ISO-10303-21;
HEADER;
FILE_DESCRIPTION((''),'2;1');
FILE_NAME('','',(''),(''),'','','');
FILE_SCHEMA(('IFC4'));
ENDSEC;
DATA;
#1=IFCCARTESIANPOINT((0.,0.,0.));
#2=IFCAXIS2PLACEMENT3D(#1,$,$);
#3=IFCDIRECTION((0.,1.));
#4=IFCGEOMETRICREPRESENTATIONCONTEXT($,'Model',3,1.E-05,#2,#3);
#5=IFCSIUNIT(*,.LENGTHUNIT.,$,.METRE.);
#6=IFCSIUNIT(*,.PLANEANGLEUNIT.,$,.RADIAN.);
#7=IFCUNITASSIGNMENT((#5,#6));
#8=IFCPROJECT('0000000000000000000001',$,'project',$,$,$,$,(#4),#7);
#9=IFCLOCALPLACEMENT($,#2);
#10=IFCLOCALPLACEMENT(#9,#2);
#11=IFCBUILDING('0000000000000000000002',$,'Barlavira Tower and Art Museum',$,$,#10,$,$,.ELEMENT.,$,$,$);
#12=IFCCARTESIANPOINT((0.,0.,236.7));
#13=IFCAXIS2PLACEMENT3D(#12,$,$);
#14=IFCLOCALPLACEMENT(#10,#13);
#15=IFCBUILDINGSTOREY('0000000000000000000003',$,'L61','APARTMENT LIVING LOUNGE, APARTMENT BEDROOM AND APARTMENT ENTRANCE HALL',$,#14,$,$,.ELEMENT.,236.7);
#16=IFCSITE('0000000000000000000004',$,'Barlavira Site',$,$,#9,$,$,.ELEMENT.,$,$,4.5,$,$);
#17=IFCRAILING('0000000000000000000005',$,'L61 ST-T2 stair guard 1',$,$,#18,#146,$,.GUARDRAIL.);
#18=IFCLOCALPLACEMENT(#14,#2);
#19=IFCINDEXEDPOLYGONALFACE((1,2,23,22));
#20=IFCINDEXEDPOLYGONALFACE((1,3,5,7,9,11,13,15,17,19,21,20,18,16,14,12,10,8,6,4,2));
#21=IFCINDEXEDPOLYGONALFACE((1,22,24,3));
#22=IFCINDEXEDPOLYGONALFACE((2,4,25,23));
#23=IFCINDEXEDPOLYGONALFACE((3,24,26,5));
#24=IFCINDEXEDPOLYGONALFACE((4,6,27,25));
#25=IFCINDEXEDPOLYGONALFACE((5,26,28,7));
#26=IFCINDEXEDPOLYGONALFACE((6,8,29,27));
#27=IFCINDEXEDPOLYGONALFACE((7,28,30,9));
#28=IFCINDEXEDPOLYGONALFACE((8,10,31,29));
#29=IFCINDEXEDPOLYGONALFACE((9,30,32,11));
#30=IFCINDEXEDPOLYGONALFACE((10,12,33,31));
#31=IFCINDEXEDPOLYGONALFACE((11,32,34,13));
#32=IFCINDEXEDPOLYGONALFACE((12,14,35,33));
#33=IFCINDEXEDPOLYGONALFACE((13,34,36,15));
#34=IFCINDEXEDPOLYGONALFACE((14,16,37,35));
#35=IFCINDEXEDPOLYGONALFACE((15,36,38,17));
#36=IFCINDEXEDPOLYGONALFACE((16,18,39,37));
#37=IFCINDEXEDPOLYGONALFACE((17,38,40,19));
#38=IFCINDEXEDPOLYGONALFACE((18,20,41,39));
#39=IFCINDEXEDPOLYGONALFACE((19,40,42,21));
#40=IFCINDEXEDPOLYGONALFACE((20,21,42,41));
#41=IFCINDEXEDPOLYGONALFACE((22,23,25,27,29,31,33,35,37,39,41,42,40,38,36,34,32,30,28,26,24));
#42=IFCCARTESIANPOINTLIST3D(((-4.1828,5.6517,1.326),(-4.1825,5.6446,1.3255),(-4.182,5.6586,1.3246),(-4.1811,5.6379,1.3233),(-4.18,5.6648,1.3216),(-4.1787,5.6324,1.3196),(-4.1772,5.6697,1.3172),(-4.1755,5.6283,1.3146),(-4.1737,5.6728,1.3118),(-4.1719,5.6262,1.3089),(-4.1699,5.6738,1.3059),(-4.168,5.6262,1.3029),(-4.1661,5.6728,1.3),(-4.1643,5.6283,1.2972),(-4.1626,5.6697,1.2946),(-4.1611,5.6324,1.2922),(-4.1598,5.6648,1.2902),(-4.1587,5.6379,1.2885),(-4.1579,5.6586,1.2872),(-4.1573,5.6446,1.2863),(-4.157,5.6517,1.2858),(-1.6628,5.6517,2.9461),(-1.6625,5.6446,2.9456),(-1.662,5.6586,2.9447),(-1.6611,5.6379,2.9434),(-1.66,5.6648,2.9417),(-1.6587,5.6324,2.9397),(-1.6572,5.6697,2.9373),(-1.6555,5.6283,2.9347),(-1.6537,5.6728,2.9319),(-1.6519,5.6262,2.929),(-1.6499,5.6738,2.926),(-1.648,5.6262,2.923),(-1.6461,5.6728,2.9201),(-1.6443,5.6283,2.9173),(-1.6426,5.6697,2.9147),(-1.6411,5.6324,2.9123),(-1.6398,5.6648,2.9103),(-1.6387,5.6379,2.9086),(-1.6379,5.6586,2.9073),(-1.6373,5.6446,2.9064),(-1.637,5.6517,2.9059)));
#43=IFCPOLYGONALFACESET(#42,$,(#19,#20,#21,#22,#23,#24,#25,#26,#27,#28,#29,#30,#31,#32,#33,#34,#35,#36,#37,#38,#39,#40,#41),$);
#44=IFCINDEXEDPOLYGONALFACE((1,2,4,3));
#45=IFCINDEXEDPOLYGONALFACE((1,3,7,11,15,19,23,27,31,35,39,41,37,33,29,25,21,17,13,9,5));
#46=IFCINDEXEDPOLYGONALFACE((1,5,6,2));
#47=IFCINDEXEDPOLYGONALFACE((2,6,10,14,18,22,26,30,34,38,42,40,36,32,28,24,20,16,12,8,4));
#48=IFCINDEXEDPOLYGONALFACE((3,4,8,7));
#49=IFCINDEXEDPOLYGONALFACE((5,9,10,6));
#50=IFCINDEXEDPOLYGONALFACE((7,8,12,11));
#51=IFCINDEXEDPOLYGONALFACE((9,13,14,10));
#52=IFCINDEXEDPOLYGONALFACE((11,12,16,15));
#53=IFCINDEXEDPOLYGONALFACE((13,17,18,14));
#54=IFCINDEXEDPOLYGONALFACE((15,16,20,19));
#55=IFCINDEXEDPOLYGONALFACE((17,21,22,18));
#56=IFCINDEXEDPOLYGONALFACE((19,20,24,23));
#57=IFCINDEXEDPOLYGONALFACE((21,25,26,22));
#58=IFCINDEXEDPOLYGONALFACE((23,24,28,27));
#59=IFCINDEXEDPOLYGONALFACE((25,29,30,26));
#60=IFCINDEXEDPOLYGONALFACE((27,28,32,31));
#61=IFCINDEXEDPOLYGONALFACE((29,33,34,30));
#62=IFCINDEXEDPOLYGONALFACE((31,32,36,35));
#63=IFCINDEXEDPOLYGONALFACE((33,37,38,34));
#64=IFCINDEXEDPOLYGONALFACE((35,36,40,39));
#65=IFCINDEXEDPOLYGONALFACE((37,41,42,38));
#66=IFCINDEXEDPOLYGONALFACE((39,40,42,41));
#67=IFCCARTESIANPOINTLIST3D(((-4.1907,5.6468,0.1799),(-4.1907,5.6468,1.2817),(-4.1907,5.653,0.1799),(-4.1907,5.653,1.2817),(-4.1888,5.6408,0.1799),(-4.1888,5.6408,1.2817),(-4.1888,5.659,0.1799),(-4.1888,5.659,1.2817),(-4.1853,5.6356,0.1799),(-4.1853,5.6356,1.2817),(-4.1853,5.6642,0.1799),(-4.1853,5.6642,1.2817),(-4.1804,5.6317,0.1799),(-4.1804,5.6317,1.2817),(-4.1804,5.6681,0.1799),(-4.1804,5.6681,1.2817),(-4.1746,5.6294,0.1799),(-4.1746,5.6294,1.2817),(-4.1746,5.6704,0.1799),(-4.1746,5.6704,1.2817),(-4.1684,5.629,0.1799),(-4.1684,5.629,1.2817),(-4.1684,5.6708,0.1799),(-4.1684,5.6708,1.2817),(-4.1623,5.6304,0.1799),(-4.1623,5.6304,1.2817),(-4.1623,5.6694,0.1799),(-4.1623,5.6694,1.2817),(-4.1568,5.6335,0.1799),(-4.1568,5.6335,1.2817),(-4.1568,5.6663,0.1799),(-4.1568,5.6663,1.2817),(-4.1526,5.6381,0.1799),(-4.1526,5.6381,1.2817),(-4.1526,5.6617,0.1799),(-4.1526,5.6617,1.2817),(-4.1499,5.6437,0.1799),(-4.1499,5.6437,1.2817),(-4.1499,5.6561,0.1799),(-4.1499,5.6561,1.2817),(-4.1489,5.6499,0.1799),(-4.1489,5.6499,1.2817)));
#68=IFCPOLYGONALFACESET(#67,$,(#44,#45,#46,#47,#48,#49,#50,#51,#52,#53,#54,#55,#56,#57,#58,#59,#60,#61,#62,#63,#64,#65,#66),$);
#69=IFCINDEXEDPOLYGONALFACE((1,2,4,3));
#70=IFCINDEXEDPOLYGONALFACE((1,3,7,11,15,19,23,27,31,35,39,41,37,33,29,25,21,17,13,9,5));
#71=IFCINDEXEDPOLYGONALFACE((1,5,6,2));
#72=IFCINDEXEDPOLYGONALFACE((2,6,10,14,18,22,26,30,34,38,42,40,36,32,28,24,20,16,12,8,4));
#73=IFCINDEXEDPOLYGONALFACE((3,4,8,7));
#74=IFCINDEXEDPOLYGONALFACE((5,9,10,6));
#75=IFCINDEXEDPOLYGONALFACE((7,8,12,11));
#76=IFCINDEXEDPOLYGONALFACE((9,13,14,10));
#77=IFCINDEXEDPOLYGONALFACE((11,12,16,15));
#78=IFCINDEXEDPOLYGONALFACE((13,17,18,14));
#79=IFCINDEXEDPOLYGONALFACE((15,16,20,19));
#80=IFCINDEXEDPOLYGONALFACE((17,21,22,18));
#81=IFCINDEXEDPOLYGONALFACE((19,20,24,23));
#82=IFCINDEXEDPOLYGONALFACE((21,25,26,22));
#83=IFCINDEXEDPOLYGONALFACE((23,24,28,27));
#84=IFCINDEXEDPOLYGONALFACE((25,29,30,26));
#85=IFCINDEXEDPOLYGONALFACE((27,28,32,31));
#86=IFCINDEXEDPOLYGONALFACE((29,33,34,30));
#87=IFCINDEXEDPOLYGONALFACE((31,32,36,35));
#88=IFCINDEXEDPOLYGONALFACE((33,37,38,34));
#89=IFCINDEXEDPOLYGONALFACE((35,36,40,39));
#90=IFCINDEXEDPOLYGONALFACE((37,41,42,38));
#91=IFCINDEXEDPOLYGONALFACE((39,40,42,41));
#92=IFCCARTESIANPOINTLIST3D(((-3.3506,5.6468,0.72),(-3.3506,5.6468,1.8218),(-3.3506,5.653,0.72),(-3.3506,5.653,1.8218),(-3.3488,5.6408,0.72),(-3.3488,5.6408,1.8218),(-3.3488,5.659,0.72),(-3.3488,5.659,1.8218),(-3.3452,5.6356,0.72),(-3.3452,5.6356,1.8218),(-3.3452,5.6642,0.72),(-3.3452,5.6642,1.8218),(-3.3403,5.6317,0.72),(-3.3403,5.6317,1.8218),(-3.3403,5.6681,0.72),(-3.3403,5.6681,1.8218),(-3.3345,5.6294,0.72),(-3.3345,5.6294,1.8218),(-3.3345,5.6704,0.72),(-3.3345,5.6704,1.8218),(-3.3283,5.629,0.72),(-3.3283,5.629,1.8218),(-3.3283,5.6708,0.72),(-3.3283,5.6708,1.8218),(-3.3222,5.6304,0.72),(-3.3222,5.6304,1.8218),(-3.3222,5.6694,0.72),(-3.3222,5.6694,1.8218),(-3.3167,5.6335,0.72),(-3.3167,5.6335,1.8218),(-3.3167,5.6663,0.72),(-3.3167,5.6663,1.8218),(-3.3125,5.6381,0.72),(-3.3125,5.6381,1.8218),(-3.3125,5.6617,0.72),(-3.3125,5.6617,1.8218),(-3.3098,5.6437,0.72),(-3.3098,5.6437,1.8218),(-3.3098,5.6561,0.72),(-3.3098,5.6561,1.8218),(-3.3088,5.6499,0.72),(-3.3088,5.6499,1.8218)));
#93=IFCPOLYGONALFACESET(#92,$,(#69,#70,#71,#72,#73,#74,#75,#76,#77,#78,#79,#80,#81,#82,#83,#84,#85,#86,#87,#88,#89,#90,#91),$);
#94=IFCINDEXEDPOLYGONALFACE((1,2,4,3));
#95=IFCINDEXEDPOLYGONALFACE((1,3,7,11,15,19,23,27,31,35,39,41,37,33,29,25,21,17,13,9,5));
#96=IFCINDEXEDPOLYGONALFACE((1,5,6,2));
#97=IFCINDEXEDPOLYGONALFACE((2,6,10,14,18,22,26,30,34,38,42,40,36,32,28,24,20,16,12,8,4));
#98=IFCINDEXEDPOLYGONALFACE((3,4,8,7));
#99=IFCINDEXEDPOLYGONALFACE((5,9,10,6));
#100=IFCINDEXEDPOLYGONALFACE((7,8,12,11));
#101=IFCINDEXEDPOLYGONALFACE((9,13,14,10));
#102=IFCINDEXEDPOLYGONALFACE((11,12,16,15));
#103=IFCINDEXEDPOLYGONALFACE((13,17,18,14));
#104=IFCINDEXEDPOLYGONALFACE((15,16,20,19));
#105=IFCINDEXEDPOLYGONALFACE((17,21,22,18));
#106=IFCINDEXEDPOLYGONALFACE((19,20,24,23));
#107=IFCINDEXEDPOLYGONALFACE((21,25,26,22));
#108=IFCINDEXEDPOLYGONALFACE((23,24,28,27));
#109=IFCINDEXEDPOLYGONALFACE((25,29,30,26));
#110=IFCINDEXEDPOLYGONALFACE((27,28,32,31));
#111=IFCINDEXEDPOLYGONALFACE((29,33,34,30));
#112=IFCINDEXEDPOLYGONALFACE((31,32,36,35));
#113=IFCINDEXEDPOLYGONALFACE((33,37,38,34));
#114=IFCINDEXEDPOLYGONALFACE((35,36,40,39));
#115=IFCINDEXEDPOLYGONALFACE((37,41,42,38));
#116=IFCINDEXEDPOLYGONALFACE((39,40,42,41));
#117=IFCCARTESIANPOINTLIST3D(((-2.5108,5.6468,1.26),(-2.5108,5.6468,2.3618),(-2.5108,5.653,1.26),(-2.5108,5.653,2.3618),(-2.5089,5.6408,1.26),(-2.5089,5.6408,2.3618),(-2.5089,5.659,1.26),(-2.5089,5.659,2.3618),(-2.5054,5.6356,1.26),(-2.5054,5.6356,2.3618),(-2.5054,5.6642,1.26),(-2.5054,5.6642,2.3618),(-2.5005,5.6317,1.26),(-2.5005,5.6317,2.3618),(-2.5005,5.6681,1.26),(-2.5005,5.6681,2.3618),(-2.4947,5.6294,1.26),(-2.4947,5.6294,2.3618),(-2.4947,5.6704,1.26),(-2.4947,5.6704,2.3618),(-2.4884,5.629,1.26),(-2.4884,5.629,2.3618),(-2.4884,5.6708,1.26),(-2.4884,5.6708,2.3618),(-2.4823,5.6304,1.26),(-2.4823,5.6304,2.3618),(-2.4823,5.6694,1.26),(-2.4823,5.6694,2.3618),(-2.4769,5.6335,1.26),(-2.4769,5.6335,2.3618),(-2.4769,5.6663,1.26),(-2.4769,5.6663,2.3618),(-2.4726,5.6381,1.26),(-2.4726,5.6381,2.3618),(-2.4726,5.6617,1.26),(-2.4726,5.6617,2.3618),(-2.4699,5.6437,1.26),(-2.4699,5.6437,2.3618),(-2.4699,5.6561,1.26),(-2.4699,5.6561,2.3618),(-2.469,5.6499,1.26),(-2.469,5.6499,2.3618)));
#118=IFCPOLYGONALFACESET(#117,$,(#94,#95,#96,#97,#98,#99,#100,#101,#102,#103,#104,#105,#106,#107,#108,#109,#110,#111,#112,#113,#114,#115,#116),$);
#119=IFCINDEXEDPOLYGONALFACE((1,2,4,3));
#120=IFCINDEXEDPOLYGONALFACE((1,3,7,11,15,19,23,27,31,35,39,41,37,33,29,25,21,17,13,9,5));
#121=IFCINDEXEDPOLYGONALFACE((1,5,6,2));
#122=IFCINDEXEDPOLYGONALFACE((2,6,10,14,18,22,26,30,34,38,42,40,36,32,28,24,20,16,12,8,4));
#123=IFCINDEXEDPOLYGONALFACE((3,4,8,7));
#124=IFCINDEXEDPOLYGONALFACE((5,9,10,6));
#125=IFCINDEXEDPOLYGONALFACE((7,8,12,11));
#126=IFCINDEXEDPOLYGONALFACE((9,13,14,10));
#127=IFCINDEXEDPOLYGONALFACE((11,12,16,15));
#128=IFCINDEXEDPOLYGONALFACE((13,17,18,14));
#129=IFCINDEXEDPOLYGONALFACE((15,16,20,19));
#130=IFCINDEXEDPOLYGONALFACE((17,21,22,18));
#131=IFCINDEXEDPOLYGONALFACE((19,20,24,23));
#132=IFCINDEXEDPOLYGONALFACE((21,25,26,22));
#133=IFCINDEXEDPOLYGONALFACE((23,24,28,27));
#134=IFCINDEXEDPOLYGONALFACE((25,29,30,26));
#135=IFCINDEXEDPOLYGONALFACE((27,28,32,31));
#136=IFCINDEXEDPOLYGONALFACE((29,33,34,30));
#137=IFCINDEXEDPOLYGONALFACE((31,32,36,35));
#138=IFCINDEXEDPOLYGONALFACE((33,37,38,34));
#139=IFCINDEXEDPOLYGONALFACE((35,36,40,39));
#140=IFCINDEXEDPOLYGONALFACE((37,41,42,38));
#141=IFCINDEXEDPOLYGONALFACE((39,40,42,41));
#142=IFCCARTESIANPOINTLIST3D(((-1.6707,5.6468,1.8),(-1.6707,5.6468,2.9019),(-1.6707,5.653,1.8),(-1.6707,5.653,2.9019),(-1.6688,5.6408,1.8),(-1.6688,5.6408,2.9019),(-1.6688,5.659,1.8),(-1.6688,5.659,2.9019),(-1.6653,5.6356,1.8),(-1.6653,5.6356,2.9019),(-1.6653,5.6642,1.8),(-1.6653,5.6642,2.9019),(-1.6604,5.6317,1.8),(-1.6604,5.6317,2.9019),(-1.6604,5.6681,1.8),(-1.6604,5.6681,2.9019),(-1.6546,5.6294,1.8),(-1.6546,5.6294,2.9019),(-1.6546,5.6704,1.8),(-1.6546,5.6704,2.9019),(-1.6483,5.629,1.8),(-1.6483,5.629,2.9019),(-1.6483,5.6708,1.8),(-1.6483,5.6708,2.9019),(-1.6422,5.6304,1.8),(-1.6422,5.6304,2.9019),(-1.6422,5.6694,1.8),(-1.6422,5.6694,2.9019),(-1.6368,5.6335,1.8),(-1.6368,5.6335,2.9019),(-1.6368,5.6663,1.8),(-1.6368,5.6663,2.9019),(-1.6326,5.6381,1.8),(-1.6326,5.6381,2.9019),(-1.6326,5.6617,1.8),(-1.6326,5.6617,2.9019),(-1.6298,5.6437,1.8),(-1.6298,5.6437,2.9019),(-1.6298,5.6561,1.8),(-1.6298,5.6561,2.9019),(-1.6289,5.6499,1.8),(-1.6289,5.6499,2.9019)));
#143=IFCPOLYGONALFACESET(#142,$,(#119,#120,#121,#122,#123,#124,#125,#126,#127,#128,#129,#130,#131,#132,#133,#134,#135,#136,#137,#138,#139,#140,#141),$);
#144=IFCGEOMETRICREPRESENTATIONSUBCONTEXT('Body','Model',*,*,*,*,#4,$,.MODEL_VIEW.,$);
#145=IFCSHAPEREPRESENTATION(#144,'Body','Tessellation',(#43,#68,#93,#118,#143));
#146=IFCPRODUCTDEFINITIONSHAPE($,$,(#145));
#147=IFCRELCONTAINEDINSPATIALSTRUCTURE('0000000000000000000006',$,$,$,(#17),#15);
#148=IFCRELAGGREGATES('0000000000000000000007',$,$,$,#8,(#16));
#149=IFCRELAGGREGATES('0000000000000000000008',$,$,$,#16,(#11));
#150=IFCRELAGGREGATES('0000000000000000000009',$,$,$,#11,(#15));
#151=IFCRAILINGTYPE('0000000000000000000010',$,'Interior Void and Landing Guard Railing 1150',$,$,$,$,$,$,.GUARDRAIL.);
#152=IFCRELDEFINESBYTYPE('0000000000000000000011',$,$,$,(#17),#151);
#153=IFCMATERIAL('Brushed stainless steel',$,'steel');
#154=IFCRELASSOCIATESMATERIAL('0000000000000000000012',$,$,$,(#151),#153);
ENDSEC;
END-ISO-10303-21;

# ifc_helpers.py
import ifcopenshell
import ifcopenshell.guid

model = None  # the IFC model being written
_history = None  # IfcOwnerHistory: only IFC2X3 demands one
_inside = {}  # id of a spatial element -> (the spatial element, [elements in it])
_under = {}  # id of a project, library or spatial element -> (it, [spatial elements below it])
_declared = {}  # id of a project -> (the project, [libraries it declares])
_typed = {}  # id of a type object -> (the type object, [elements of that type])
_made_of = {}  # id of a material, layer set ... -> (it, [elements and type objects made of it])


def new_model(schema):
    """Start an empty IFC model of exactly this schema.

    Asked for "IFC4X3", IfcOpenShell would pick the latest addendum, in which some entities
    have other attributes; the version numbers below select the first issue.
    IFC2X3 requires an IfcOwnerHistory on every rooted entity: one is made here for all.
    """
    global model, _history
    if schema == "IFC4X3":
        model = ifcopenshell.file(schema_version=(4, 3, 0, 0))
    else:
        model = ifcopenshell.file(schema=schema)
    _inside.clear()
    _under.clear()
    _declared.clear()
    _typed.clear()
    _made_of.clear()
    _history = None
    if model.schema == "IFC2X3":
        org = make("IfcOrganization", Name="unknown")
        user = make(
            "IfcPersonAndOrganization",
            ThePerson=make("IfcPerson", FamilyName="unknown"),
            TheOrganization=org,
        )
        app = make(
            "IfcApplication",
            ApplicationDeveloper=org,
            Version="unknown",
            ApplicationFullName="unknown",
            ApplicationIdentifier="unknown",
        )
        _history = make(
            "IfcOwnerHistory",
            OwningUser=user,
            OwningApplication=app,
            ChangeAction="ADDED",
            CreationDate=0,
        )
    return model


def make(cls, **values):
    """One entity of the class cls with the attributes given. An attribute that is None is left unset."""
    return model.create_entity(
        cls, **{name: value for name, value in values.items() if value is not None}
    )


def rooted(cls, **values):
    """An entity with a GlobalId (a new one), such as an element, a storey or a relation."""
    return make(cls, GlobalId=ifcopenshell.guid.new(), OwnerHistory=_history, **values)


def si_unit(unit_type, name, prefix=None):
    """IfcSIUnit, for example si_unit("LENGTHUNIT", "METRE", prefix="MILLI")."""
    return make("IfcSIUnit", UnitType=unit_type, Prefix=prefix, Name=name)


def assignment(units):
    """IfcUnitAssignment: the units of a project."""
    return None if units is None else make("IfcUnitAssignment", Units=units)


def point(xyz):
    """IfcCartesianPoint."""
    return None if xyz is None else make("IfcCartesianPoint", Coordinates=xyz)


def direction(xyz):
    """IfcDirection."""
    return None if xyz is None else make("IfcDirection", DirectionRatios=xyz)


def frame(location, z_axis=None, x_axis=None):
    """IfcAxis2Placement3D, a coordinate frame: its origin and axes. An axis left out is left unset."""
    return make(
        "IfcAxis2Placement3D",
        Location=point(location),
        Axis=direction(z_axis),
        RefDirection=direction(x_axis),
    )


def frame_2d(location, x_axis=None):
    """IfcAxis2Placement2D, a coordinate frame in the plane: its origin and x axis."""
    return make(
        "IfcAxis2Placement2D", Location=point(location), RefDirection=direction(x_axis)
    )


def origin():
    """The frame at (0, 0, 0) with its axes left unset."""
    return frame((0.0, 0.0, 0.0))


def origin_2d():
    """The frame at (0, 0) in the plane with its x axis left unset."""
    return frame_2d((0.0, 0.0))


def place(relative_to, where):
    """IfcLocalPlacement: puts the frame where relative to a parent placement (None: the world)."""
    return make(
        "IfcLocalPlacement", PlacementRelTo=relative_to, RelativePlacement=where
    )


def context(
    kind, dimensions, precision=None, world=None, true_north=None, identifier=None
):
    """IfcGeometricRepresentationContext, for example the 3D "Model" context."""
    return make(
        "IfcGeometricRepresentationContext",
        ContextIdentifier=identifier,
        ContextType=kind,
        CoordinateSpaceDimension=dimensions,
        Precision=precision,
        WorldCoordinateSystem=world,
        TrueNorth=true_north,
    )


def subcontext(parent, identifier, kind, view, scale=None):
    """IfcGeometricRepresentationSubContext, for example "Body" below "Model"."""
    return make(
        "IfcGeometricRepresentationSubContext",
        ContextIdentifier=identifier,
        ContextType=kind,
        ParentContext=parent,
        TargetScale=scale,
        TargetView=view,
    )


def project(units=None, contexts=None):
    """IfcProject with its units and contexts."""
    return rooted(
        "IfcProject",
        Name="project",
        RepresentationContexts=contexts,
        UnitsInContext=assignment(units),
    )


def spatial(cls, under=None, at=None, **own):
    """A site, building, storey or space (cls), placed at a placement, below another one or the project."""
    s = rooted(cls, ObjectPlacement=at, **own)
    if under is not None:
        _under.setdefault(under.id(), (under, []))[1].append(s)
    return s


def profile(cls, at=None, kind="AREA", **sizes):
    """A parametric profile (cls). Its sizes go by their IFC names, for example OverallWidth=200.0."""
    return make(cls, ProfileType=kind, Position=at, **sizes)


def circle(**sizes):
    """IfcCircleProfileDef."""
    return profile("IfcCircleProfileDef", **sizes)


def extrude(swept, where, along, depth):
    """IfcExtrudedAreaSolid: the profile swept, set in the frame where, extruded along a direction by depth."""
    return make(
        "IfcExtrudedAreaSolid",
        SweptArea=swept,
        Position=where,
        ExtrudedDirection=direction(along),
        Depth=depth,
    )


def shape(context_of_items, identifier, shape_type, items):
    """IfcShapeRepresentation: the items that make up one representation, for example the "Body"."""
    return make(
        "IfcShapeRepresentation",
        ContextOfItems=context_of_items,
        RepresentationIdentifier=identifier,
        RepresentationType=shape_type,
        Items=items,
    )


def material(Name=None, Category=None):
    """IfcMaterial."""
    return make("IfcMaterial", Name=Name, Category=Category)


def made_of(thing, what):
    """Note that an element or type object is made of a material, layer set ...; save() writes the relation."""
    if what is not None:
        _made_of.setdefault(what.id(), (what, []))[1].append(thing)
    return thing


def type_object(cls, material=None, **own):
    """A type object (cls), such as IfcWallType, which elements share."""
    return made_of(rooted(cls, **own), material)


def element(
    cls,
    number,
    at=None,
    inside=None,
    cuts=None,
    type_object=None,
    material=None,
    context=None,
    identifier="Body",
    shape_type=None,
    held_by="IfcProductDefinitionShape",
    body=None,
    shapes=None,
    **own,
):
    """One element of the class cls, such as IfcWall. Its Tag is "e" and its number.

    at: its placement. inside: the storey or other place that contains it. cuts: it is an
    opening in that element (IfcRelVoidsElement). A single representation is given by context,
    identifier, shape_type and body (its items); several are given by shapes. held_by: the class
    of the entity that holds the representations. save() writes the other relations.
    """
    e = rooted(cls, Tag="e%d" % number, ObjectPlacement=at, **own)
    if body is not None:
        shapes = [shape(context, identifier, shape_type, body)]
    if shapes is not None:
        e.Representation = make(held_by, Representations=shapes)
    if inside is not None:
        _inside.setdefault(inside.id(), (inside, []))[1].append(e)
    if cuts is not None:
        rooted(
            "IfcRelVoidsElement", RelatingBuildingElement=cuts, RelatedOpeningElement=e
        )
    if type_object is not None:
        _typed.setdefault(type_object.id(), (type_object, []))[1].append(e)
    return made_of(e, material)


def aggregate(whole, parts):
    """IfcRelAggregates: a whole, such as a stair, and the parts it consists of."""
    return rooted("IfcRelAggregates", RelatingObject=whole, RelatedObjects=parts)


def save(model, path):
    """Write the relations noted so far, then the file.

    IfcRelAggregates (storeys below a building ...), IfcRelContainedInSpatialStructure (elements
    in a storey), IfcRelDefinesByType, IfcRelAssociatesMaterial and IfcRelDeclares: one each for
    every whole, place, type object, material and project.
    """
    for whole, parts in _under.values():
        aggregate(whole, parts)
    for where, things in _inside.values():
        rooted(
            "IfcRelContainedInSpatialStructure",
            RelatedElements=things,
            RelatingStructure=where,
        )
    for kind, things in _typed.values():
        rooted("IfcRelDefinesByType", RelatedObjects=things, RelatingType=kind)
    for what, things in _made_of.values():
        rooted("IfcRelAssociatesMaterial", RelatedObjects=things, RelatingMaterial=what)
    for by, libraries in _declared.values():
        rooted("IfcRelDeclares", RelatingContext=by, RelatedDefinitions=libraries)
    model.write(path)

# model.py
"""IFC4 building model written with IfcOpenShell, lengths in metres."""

from ifc_helpers import new_model, si_unit, direction, frame, origin, origin_2d, place, context, subcontext, project, spatial, circle, extrude, material, type_object, element, save


model = new_model("IFC4")

# Units and contexts
model_context = context("Model", 3, precision=1e-05, world=origin(), true_north=direction((0.0, 1.0)))
body_context = subcontext(model_context, "Body", "Model", "MODEL_VIEW")
ifc_project = project(units=[si_unit("LENGTHUNIT", "METRE"), si_unit("PLANEANGLEUNIT", "RADIAN")], contexts=[model_context])

# Site, building, storey
site_placement = place(None, origin())
site = spatial("IfcSite", under=ifc_project, at=site_placement, Name="Barlavira Site", CompositionType="ELEMENT", RefElevation=4.5)
building_placement = place(site_placement, origin())
building = spatial("IfcBuilding", under=site, at=building_placement, Name="Barlavira Tower and Art Museum", CompositionType="ELEMENT")
storey_placement = place(building_placement, frame((0.0, 0.0, 236.7)))
storey = spatial("IfcBuildingStorey", under=building, at=storey_placement, Name="L61", Description="APARTMENT LIVING LOUNGE, APARTMENT BEDROOM AND APARTMENT ENTRANCE HALL", CompositionType="ELEMENT", Elevation=236.7)

# Shared definitions
ifc_material_1 = material(Name="Brushed stainless steel", Category="steel")

# Railing
railing_type_1 = type_object("IfcRailingType", Name="Interior Void and Landing Guard Railing 1150", PredefinedType="GUARDRAIL", material=ifc_material_1)
railing_1_placement = place(storey_placement, frame((-4.1699, 5.6499, 0.1799)))
element("IfcRailing", 1, at=railing_1_placement, inside=storey, type_object=railing_type_1, Name="L61 ST-T2 stair guard 1", PredefinedType="GUARDRAIL", context=body_context, shape_type="SweptSolid", body=[
    extrude(circle(Radius=0.0239, at=origin_2d()), frame((0.0, 0.0, 1.126), z_axis=(0.841163, 0.0, 0.540782), x_axis=(0.0, 1.0, 0.0)), (0.0, 0.0, 1.0), 2.9958),
    extrude(circle(Radius=0.021, at=origin_2d()), origin(), (0.0, 0.0, 1.0), 1.1018),
    extrude(circle(Radius=0.021, at=origin_2d()), frame((0.8401, 0.0, 0.54)), (0.0, 0.0, 1.0), 1.1018),
    extrude(circle(Radius=0.021, at=origin_2d()), frame((1.6799, 0.0, 1.0801)), (0.0, 0.0, 1.0), 1.1018),
    extrude(circle(Radius=0.021, at=origin_2d()), frame((2.52, 0.0, 1.6201)), (0.0, 0.0, 1.0), 1.1018),
])

save(model, "model.ifc")
